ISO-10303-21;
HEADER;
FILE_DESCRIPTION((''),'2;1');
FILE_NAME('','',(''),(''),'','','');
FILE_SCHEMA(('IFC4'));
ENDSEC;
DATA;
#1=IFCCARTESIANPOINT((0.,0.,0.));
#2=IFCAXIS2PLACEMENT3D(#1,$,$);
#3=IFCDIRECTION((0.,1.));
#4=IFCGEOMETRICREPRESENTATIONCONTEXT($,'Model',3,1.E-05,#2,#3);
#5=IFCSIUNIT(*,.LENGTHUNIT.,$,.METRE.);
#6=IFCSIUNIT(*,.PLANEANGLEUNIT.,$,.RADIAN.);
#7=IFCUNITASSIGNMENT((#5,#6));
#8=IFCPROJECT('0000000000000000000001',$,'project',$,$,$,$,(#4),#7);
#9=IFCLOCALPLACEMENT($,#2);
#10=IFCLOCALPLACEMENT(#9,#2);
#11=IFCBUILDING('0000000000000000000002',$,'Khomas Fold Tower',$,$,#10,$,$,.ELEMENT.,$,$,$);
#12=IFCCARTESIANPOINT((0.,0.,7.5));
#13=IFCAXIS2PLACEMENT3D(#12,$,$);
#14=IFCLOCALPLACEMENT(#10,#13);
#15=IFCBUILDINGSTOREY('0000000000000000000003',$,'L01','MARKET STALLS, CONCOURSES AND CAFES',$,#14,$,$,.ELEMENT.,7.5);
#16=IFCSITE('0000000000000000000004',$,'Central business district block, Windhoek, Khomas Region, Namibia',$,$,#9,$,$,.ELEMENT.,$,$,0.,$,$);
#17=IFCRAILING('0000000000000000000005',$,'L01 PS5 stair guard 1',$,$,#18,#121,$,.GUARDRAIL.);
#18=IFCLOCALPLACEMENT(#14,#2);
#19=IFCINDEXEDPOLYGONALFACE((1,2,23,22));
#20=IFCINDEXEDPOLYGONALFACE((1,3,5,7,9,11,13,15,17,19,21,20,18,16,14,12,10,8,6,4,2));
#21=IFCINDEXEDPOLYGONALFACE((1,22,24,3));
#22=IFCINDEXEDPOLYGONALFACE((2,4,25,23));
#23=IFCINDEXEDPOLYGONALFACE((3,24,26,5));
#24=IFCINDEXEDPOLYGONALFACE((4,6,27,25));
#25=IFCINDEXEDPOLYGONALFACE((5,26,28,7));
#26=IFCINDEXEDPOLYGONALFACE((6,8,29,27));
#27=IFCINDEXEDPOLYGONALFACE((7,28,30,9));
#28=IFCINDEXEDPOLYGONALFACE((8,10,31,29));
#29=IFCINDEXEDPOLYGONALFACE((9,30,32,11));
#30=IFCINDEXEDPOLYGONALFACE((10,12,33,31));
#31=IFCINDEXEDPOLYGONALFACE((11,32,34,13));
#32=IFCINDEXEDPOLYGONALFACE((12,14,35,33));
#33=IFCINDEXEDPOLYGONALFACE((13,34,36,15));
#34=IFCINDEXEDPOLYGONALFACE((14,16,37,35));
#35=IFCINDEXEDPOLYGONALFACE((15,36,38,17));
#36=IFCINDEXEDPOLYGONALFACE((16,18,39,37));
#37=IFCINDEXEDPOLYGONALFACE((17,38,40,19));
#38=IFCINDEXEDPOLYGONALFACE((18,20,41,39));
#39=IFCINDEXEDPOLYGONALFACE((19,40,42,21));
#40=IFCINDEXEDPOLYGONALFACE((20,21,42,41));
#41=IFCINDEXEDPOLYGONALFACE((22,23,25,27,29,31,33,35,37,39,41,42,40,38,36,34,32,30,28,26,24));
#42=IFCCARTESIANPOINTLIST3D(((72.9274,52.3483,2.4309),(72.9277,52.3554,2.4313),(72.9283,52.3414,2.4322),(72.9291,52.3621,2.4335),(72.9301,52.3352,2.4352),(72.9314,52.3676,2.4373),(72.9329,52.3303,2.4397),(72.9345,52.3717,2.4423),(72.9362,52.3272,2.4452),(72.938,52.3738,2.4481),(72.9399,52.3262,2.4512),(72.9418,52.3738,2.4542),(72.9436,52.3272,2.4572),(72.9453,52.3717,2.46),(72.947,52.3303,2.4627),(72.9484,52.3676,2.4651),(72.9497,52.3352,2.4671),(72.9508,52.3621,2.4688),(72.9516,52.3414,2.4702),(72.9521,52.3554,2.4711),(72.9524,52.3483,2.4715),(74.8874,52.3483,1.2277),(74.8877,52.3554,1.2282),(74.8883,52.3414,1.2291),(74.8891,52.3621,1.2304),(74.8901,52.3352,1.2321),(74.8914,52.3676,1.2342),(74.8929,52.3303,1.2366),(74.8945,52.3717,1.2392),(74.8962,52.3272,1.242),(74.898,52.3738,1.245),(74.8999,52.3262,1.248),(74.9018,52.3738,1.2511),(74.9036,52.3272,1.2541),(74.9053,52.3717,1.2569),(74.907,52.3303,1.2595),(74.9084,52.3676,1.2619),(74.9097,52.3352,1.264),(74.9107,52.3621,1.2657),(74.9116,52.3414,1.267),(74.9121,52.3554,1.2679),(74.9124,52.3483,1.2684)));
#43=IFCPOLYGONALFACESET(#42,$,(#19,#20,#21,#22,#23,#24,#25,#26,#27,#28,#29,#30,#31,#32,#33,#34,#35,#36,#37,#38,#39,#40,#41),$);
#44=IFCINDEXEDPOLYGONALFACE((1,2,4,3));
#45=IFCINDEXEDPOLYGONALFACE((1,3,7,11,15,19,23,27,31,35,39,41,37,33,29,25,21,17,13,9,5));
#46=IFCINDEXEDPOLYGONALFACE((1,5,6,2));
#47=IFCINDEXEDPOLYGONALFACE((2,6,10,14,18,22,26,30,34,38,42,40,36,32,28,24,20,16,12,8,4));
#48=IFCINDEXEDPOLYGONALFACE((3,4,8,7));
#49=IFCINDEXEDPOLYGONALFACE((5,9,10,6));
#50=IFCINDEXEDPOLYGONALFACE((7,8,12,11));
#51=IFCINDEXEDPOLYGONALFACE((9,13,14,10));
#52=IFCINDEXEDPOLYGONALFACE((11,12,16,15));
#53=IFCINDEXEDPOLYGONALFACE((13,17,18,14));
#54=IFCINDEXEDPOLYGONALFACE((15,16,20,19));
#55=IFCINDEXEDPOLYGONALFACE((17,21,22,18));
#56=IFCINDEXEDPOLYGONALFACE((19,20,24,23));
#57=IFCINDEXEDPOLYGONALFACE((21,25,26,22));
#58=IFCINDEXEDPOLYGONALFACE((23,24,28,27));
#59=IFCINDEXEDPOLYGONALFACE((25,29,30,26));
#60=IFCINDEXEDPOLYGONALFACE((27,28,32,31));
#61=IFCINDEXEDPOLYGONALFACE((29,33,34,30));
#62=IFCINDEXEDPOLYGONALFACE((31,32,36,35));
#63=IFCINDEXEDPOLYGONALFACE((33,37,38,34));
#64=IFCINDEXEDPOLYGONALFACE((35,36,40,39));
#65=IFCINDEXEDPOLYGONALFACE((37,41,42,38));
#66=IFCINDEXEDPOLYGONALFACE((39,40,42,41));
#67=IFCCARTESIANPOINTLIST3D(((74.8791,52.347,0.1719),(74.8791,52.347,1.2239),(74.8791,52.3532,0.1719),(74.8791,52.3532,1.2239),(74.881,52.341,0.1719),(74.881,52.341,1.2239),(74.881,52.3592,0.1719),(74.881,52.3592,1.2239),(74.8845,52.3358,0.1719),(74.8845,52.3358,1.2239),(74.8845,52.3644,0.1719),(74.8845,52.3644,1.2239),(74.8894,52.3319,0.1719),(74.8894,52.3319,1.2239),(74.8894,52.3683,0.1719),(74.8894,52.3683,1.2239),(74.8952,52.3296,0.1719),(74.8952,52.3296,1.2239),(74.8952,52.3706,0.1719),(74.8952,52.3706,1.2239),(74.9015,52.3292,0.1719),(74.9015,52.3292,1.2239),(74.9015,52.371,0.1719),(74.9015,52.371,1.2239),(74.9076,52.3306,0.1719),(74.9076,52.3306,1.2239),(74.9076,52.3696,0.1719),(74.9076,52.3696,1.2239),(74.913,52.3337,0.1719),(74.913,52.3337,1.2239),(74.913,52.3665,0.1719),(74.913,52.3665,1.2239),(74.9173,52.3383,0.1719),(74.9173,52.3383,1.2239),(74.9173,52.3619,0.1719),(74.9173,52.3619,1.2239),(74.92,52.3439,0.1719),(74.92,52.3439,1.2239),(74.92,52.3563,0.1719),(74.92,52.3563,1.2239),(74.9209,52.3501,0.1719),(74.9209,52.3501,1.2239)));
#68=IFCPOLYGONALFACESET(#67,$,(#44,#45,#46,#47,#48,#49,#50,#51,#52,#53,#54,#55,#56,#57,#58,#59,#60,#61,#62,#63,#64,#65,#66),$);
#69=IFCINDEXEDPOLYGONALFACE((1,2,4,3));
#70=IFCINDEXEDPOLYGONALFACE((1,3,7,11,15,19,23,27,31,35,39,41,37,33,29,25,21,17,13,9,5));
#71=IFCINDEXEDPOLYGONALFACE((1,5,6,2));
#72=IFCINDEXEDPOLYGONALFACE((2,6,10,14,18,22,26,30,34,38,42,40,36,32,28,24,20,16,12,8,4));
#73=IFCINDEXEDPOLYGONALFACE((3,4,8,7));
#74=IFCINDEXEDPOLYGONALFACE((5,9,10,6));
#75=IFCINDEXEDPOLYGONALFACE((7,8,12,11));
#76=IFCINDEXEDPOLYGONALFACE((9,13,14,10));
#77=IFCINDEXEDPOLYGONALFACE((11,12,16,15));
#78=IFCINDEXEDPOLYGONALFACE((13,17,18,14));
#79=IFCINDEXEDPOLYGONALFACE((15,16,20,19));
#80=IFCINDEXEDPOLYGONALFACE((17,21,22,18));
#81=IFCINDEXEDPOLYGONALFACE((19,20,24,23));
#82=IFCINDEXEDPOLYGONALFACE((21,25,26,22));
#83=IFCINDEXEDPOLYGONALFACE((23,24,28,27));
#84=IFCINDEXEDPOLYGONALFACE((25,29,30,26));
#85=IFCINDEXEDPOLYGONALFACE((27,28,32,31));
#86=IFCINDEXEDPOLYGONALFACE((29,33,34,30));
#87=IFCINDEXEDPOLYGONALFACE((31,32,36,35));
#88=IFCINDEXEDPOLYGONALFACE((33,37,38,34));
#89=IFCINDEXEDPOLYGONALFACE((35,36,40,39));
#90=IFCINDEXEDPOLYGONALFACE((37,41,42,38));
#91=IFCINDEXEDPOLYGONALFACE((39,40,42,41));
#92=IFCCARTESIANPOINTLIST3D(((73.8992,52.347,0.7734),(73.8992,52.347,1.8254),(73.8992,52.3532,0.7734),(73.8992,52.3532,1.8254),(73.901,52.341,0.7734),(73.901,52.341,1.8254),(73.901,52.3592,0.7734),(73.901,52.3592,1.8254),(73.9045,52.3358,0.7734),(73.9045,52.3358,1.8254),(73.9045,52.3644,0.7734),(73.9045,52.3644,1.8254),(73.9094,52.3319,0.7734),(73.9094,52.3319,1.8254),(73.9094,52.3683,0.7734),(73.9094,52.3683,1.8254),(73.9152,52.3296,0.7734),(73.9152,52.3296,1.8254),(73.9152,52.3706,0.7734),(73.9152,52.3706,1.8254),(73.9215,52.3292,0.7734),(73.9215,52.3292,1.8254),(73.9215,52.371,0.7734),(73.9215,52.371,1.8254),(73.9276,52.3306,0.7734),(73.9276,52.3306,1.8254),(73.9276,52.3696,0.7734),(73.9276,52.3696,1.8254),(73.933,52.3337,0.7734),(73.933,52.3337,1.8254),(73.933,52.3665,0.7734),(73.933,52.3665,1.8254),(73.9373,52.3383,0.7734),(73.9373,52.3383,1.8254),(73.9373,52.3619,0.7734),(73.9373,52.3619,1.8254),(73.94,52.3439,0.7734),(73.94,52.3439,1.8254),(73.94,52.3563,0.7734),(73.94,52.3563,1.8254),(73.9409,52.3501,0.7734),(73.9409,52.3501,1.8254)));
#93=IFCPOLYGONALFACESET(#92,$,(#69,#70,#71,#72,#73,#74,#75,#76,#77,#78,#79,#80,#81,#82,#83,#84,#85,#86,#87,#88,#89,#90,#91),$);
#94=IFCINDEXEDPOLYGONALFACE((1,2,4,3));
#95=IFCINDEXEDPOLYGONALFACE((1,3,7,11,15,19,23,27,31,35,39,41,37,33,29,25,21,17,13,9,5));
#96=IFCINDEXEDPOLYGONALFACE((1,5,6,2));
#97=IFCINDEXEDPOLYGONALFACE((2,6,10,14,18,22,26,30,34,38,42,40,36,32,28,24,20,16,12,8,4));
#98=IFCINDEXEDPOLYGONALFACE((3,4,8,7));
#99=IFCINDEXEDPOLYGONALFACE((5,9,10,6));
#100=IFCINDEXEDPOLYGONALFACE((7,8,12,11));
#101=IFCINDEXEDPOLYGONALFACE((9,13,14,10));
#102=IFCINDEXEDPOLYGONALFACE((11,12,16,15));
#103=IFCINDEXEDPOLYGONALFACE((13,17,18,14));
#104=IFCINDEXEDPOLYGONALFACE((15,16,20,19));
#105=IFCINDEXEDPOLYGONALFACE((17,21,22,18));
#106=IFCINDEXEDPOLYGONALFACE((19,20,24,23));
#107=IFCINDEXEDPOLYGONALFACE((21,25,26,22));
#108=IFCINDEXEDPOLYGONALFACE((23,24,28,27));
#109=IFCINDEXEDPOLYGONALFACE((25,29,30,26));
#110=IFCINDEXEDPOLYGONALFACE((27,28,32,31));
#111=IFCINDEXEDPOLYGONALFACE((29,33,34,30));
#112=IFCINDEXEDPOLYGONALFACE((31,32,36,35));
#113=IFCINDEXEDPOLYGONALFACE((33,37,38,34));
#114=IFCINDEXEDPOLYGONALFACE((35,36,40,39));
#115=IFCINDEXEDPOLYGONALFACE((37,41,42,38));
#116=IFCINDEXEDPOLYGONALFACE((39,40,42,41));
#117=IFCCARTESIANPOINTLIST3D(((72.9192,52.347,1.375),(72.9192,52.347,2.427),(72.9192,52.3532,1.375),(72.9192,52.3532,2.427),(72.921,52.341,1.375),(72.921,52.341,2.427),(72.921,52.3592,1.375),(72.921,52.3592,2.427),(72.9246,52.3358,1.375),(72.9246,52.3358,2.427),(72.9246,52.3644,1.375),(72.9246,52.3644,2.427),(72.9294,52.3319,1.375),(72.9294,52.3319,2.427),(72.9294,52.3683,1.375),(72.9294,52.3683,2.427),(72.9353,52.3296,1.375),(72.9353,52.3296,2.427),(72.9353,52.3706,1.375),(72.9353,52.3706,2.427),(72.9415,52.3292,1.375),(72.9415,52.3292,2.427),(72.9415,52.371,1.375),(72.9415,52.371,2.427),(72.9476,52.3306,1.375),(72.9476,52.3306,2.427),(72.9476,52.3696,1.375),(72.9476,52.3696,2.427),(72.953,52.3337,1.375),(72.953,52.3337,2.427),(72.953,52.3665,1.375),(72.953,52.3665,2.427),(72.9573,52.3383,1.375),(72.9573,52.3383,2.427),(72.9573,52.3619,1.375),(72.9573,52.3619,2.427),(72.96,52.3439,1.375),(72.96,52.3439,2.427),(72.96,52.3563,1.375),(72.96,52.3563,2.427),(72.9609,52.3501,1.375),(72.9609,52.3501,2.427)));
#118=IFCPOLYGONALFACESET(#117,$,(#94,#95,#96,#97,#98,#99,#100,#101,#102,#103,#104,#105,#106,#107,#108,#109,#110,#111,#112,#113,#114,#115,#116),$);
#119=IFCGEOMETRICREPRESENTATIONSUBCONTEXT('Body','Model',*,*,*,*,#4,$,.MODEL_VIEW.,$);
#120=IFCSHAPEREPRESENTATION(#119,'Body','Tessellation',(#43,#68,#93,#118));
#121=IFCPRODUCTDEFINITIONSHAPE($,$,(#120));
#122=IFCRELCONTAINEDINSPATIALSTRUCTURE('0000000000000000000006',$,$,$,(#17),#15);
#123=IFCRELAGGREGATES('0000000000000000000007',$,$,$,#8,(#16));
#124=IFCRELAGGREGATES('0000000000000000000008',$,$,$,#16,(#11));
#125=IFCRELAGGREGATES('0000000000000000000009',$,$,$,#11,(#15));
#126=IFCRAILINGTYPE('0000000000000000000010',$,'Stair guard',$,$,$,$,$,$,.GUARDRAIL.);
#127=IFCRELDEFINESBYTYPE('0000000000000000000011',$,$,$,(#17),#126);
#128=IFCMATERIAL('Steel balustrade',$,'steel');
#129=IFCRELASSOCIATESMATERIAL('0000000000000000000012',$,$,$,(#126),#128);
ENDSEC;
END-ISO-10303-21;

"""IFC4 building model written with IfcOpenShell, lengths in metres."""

from ifc_helpers import new_model, si_unit, direction, frame, origin, origin_2d, place, context, subcontext, project, spatial, circle, extrude, source, transform, mapped, material, type_object, element, save


model = new_model("IFC4")

# Units and contexts
model_context = context("Model", 3, precision=1e-05, world=origin(), true_north=direction((0.0, 1.0)))
body_context = subcontext(model_context, "Body", "Model", "MODEL_VIEW")
ifc_project = project(units=[si_unit("LENGTHUNIT", "METRE"), si_unit("PLANEANGLEUNIT", "RADIAN")], contexts=[model_context])

# Site, building, storey
site_placement = place(None, origin())
site = spatial("IfcSite", under=ifc_project, at=site_placement, Name="Central business district block, Windhoek, Khomas Region, Namibia", CompositionType="ELEMENT", RefElevation=0.0)
building_placement = place(site_placement, origin())
building = spatial("IfcBuilding", under=site, at=building_placement, Name="Khomas Fold Tower", CompositionType="ELEMENT")
storey_placement = place(building_placement, frame((0.0, 0.0, 7.5)))
storey = spatial("IfcBuildingStorey", under=building, at=storey_placement, Name="L01", Description="MARKET STALLS, CONCOURSES AND CAFES", CompositionType="ELEMENT", Elevation=7.5)

# Railing
ifc_material_1 = material(Name="Steel balustrade", Category="steel")
railing_type_1 = type_object("IfcRailingType", Name="Stair guard", PredefinedType="GUARDRAIL", material=ifc_material_1)
shared_shape_1 = source(origin(), body_context, "Body", "SweptSolid", [
    extrude(circle(Radius=0.0239, at=origin_2d()), frame((0.0, 0.0, 1.0762), z_axis=(-0.852241, 0.0, 0.523149), x_axis=(0.0, -1.0, 0.0)), (0.0, 0.0, 1.0), 2.2998),
    extrude(circle(Radius=0.021, at=origin_2d()), origin(), (0.0, 0.0, 1.0), 1.052),
    extrude(circle(Radius=0.021, at=origin_2d()), frame((-0.98, 0.0, 0.6016)), (0.0, 0.0, 1.0), 1.052),
    extrude(circle(Radius=0.021, at=origin_2d()), frame((-1.96, 0.0, 1.2031)), (0.0, 0.0, 1.0), 1.052),
])
for number, where, name in (
    (1, (74.8999, 52.3501, 0.1719), "L01 PS5 stair guard 1"),
):
    element("IfcRailing", number, at=place(storey_placement, frame(where)), inside=storey, type_object=railing_type_1, Name=name, PredefinedType="GUARDRAIL", context=body_context, shape_type="MappedRepresentation", body=[
        mapped(shared_shape_1, transform((0.0, 0.0, 0.0))),
    ])

save(model, "model.ifc")
